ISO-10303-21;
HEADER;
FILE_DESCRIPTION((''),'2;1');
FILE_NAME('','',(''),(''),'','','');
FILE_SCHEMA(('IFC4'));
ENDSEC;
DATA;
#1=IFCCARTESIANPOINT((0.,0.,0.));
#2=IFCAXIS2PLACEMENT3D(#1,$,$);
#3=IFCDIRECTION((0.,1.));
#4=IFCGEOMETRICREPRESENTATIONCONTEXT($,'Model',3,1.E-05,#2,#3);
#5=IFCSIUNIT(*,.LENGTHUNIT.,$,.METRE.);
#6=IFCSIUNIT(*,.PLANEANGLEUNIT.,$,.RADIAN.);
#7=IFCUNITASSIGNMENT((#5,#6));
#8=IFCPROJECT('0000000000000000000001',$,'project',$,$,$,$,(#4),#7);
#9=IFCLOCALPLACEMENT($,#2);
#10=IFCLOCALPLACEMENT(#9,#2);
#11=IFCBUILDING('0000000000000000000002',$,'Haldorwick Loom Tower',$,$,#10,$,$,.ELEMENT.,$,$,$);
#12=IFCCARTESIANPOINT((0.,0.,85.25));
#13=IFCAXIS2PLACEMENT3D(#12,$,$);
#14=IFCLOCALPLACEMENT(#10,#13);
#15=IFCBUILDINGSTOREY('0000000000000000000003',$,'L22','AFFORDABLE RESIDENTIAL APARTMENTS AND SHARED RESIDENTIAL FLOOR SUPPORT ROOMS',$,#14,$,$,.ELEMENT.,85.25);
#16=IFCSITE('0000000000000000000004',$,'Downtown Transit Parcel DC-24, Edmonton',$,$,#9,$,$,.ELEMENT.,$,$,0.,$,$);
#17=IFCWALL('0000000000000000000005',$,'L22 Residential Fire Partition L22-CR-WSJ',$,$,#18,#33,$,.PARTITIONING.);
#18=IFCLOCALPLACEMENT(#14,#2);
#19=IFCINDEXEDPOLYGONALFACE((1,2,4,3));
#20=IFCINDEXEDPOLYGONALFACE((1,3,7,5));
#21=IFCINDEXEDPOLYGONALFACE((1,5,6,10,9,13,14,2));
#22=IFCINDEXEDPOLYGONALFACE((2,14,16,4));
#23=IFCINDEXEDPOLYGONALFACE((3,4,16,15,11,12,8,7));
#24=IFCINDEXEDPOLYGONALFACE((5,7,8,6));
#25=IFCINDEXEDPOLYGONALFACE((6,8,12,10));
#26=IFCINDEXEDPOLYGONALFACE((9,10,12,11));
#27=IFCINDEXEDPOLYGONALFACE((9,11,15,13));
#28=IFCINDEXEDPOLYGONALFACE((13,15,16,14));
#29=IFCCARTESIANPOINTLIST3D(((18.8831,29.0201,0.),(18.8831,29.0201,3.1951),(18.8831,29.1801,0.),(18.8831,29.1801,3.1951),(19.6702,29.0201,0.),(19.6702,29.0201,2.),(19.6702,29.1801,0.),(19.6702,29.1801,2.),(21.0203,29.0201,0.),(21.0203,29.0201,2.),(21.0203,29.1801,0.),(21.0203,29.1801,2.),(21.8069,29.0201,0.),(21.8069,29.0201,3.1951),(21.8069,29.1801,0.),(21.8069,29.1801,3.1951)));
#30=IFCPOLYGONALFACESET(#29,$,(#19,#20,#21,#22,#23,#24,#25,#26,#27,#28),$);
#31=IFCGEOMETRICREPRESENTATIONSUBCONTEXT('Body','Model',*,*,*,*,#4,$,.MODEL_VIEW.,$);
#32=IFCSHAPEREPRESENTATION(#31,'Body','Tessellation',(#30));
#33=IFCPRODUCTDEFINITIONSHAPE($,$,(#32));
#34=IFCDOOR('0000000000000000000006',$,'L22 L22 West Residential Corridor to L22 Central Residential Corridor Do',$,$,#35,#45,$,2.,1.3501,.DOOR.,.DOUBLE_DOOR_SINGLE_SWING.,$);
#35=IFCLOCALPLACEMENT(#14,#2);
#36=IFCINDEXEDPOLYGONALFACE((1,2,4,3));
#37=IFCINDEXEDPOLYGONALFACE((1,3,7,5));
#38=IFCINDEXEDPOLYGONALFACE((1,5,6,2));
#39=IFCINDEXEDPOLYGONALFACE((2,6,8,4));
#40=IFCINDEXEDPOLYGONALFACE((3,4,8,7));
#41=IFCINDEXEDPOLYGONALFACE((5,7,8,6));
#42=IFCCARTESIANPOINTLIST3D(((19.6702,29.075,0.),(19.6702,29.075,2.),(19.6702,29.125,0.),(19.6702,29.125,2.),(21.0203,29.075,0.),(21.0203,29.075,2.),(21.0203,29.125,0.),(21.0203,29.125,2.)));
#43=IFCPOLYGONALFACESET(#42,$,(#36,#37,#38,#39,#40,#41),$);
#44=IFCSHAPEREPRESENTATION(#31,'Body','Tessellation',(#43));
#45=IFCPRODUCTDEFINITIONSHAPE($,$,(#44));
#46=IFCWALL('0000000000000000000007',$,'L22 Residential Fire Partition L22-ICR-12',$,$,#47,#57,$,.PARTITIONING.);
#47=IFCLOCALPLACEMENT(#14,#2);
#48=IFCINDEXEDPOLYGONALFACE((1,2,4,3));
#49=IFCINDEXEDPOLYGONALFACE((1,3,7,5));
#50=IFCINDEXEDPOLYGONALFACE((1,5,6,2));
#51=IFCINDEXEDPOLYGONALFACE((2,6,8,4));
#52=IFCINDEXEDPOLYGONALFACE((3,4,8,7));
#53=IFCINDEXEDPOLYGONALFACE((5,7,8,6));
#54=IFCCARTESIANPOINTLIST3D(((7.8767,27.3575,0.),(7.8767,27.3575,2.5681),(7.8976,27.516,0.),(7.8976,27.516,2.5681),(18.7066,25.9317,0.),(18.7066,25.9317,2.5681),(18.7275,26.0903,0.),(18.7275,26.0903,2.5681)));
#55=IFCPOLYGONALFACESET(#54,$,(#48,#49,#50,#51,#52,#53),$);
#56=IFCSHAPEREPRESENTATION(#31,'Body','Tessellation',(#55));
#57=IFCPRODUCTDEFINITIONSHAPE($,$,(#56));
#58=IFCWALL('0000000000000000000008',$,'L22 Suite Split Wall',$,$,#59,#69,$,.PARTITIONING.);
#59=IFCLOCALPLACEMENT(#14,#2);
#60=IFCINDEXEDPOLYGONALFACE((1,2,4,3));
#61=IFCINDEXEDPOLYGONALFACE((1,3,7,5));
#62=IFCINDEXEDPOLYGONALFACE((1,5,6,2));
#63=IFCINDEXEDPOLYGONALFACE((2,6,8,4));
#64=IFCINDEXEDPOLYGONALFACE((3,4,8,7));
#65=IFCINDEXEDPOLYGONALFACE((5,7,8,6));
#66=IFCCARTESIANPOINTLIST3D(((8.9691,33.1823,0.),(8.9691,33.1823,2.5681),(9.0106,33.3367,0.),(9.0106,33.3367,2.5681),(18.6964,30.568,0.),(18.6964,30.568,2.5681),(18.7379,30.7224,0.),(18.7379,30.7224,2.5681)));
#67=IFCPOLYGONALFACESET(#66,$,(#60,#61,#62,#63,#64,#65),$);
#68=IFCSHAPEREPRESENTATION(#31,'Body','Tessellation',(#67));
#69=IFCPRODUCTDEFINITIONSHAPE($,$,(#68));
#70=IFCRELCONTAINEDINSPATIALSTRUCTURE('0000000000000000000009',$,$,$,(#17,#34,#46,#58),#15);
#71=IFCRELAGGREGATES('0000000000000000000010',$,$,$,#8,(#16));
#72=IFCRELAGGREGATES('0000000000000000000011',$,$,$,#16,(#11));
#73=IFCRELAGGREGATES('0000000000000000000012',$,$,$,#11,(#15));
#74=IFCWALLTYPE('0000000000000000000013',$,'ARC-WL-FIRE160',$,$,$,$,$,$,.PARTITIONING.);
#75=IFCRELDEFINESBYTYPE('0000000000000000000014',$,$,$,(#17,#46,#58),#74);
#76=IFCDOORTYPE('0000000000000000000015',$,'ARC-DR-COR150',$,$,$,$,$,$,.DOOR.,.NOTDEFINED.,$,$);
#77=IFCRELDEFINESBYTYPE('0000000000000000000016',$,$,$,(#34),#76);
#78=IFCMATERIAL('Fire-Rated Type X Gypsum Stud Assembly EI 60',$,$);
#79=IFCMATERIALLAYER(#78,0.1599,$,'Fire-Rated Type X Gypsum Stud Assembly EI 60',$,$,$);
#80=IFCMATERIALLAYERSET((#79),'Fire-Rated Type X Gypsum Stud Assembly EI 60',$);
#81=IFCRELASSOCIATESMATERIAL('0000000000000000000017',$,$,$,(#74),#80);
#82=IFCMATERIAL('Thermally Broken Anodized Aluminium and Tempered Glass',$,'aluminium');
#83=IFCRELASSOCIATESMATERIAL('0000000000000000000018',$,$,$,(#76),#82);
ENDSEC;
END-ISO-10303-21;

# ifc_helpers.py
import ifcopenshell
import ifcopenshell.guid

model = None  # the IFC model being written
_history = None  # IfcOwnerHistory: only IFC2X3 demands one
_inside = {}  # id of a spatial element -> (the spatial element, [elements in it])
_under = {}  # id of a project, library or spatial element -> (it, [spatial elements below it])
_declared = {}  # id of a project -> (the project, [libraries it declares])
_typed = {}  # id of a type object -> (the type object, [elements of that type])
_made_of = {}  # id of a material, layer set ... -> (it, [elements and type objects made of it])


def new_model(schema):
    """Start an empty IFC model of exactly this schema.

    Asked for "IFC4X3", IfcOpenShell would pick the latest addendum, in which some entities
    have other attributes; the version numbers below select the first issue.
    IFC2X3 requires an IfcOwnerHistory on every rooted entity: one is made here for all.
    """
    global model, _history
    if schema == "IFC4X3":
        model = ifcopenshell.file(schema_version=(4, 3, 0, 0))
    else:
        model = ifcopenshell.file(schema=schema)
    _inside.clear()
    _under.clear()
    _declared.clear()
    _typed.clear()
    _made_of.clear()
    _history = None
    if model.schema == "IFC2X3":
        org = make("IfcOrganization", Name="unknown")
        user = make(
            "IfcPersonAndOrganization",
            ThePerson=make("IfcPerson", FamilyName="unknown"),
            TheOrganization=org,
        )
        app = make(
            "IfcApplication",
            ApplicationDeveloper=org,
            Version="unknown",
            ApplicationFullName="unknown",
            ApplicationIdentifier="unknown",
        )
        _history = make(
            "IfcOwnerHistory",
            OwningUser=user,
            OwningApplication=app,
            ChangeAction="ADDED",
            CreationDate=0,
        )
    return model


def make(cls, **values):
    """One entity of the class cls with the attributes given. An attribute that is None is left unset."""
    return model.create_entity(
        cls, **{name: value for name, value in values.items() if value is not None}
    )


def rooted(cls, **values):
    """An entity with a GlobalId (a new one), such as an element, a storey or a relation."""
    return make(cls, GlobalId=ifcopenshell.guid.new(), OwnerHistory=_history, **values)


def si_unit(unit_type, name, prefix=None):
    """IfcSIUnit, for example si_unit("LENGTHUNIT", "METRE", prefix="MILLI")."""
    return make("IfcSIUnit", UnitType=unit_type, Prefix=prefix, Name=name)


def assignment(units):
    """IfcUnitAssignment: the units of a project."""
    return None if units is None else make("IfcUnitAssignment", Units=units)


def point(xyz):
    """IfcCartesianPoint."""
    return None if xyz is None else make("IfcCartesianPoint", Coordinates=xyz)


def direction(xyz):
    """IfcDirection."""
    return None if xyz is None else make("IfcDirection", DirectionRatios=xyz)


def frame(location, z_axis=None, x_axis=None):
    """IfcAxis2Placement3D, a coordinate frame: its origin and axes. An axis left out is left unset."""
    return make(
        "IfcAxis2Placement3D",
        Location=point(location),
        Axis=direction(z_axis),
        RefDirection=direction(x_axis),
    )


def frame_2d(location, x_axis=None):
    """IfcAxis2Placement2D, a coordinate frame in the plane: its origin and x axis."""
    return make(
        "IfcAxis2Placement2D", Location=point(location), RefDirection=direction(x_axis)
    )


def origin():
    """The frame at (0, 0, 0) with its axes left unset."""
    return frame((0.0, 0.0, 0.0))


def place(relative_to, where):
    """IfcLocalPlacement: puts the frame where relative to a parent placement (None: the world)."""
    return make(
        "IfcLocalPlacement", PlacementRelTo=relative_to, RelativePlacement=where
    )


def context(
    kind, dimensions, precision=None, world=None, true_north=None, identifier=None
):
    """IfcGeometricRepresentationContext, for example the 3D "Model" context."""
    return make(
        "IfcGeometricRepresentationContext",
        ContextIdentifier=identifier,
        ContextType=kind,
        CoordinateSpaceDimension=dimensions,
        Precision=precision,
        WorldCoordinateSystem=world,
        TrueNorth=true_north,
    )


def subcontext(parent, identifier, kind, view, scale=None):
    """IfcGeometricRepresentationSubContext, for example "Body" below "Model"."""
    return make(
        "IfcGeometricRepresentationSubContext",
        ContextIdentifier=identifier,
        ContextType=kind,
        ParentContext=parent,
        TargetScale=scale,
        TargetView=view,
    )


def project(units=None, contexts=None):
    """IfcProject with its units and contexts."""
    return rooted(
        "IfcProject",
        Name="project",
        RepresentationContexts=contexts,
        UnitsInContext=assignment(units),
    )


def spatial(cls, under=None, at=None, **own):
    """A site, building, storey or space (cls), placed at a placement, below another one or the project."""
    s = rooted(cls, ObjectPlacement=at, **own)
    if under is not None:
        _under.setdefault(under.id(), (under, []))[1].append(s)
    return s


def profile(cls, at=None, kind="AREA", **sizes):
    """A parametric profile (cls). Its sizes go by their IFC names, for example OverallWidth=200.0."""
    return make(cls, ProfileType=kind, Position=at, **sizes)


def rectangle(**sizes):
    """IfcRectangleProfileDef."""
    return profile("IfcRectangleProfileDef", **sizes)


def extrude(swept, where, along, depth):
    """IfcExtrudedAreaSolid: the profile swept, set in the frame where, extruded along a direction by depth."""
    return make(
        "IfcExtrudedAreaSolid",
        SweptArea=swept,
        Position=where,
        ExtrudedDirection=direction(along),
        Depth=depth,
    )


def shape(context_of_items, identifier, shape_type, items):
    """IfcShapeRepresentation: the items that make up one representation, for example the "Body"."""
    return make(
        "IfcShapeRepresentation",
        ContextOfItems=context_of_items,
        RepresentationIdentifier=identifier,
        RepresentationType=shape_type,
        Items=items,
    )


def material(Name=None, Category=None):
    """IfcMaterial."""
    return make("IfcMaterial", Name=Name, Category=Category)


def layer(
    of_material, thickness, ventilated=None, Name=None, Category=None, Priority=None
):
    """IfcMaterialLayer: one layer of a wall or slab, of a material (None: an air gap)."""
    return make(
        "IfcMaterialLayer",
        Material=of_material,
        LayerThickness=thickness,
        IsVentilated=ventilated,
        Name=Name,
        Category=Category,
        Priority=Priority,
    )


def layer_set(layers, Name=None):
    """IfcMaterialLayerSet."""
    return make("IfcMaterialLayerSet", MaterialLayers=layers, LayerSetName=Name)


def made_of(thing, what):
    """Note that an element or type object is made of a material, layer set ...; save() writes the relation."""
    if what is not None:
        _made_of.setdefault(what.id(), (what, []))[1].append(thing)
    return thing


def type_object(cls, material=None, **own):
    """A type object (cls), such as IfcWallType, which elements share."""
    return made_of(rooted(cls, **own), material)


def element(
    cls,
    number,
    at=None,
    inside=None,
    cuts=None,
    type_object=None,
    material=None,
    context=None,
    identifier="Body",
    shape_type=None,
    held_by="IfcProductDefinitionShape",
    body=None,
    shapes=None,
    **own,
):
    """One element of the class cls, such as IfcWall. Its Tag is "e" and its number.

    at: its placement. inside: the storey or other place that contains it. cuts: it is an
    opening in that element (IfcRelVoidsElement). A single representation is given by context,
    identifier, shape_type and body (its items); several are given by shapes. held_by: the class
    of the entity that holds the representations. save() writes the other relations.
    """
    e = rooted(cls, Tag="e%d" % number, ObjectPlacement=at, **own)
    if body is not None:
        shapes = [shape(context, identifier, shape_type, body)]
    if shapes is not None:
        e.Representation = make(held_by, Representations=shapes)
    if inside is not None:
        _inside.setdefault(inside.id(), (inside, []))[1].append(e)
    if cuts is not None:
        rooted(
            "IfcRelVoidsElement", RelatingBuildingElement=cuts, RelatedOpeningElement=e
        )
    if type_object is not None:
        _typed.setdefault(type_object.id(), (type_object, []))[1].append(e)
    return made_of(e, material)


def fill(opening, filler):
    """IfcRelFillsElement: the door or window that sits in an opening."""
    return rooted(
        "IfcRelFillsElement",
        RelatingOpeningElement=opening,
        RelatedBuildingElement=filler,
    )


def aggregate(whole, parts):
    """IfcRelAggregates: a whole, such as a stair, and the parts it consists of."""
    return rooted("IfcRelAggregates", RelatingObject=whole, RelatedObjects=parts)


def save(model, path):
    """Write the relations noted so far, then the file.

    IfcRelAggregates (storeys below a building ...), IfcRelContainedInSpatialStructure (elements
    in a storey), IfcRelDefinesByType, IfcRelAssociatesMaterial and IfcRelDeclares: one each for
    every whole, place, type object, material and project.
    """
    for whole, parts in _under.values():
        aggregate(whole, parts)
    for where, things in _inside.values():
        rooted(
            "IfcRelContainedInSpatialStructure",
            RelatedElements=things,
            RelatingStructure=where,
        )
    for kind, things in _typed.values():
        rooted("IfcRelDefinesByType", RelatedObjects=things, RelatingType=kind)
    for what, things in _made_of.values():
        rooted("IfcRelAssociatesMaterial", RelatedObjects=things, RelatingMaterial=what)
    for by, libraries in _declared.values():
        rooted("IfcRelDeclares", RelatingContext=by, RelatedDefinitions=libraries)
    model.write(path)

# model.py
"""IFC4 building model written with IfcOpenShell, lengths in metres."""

from ifc_helpers import new_model, si_unit, direction, frame, frame_2d, origin, place, context, subcontext, project, spatial, rectangle, extrude, material, layer, layer_set, type_object, element, fill, save


model = new_model("IFC4")

# Units and contexts
model_context = context("Model", 3, precision=1e-05, world=origin(), true_north=direction((0.0, 1.0)))
body_context = subcontext(model_context, "Body", "Model", "MODEL_VIEW")
ifc_project = project(units=[si_unit("LENGTHUNIT", "METRE"), si_unit("PLANEANGLEUNIT", "RADIAN")], contexts=[model_context])

# Site, building, storey
site_placement = place(None, origin())
site = spatial("IfcSite", under=ifc_project, at=site_placement, Name="Downtown Transit Parcel DC-24, Edmonton", CompositionType="ELEMENT", RefElevation=0.0)
building_placement = place(site_placement, origin())
building = spatial("IfcBuilding", under=site, at=building_placement, Name="Haldorwick Loom Tower", CompositionType="ELEMENT")
storey_placement = place(building_placement, frame((0.0, 0.0, 85.25)))
storey = spatial("IfcBuildingStorey", under=building, at=storey_placement, Name="L22", Description="AFFORDABLE RESIDENTIAL APARTMENTS AND SHARED RESIDENTIAL FLOOR SUPPORT ROOMS", CompositionType="ELEMENT", Elevation=85.25)

# Shared definitions
ifc_material_1 = material(Name="Fire-Rated Type X Gypsum Stud Assembly EI 60")
ifc_layer_1 = layer(ifc_material_1, 0.1599, Name="Fire-Rated Type X Gypsum Stud Assembly EI 60")
ifc_layer_set_1 = layer_set([ifc_layer_1], Name="Fire-Rated Type X Gypsum Stud Assembly EI 60")
wall_type_1 = type_object("IfcWallType", Name="ARC-WL-FIRE160", PredefinedType="PARTITIONING", material=ifc_layer_set_1)
ifc_material_2 = material(Name="Thermally Broken Anodized Aluminium and Tempered Glass", Category="aluminium")
door_type_1 = type_object("IfcDoorType", Name="ARC-DR-COR150", OperationType="NOTDEFINED", PredefinedType="DOOR", material=ifc_material_2)

# Wall, opening, door
wall_1_placement = place(storey_placement, frame((18.8831, 29.1001, 0.0), z_axis=(0.0, 0.0, 1.0), x_axis=(1.0, 0.0, 0.0)))
wall_1 = element("IfcWall", 1, at=wall_1_placement, inside=storey, type_object=wall_type_1, Name="L22 Residential Fire Partition L22-CR-WSJ", PredefinedType="PARTITIONING", context=body_context, shape_type="SweptSolid", body=[
    extrude(rectangle(XDim=2.9238, YDim=0.1599, at=frame_2d((1.4619, 0.0))), origin(), (0.0, 0.0, 1.0), 3.1951),
])
opening_1_placement = place(wall_1_placement, frame((0.7871, 0.0, 0.0)))
opening_1 = element("IfcOpeningElement", 2, at=opening_1_placement, cuts=wall_1, PredefinedType="OPENING", context=body_context, shape_type="SweptSolid", body=[
    extrude(rectangle(XDim=1.3501, YDim=2.0, at=frame_2d((0.675, 1.0))), frame((0.0, 0.0898, 0.0), z_axis=(0.0, -1.0, 0.0), x_axis=(1.0, 0.0, 0.0)), (0.0, 0.0, 1.0), 0.1799),
])
door_1_placement = place(opening_1_placement, origin())
door_1 = element("IfcDoor", 3, at=door_1_placement, inside=storey, type_object=door_type_1, Name="L22 L22 West Residential Corridor to L22 Central Residential Corridor Do", OperationType="DOUBLE_DOOR_SINGLE_SWING", OverallHeight=2.0, OverallWidth=1.3501, PredefinedType="DOOR", context=body_context, shape_type="SweptSolid", body=[
    extrude(rectangle(XDim=1.3501, YDim=2.0, at=frame_2d((0.675, 1.0))), frame((0.0, 0.0249, 0.0), z_axis=(0.0, -1.0, 0.0), x_axis=(1.0, 0.0, 0.0)), (0.0, 0.0, 1.0), 0.05),
])
fill(opening_1, door_1)

# Walls
wall_2_placement = place(storey_placement, frame((18.717, 26.011, 0.0), z_axis=(0.0, 0.0, 1.0), x_axis=(-0.991445, 0.130527, 0.0)))
element("IfcWall", 4, at=wall_2_placement, inside=storey, type_object=wall_type_1, Name="L22 Residential Fire Partition L22-ICR-12", PredefinedType="PARTITIONING", context=body_context, shape_type="SweptSolid", body=[
    extrude(rectangle(XDim=10.9233, YDim=0.1599, at=frame_2d((5.4617, 0.0))), origin(), (0.0, 0.0, 1.0), 2.5681),
])
wall_3_placement = place(storey_placement, frame((18.717, 30.6453, 0.0), z_axis=(0.0, 0.0, 1.0), x_axis=(-0.965731, 0.259545, 0.0)))
element("IfcWall", 5, at=wall_3_placement, inside=storey, type_object=wall_type_1, Name="L22 Suite Split Wall", PredefinedType="PARTITIONING", context=body_context, shape_type="SweptSolid", body=[
    extrude(rectangle(XDim=10.0725, YDim=0.1599, at=frame_2d((5.0361, 0.0))), origin(), (0.0, 0.0, 1.0), 2.5681),
])

save(model, "model.ifc")
